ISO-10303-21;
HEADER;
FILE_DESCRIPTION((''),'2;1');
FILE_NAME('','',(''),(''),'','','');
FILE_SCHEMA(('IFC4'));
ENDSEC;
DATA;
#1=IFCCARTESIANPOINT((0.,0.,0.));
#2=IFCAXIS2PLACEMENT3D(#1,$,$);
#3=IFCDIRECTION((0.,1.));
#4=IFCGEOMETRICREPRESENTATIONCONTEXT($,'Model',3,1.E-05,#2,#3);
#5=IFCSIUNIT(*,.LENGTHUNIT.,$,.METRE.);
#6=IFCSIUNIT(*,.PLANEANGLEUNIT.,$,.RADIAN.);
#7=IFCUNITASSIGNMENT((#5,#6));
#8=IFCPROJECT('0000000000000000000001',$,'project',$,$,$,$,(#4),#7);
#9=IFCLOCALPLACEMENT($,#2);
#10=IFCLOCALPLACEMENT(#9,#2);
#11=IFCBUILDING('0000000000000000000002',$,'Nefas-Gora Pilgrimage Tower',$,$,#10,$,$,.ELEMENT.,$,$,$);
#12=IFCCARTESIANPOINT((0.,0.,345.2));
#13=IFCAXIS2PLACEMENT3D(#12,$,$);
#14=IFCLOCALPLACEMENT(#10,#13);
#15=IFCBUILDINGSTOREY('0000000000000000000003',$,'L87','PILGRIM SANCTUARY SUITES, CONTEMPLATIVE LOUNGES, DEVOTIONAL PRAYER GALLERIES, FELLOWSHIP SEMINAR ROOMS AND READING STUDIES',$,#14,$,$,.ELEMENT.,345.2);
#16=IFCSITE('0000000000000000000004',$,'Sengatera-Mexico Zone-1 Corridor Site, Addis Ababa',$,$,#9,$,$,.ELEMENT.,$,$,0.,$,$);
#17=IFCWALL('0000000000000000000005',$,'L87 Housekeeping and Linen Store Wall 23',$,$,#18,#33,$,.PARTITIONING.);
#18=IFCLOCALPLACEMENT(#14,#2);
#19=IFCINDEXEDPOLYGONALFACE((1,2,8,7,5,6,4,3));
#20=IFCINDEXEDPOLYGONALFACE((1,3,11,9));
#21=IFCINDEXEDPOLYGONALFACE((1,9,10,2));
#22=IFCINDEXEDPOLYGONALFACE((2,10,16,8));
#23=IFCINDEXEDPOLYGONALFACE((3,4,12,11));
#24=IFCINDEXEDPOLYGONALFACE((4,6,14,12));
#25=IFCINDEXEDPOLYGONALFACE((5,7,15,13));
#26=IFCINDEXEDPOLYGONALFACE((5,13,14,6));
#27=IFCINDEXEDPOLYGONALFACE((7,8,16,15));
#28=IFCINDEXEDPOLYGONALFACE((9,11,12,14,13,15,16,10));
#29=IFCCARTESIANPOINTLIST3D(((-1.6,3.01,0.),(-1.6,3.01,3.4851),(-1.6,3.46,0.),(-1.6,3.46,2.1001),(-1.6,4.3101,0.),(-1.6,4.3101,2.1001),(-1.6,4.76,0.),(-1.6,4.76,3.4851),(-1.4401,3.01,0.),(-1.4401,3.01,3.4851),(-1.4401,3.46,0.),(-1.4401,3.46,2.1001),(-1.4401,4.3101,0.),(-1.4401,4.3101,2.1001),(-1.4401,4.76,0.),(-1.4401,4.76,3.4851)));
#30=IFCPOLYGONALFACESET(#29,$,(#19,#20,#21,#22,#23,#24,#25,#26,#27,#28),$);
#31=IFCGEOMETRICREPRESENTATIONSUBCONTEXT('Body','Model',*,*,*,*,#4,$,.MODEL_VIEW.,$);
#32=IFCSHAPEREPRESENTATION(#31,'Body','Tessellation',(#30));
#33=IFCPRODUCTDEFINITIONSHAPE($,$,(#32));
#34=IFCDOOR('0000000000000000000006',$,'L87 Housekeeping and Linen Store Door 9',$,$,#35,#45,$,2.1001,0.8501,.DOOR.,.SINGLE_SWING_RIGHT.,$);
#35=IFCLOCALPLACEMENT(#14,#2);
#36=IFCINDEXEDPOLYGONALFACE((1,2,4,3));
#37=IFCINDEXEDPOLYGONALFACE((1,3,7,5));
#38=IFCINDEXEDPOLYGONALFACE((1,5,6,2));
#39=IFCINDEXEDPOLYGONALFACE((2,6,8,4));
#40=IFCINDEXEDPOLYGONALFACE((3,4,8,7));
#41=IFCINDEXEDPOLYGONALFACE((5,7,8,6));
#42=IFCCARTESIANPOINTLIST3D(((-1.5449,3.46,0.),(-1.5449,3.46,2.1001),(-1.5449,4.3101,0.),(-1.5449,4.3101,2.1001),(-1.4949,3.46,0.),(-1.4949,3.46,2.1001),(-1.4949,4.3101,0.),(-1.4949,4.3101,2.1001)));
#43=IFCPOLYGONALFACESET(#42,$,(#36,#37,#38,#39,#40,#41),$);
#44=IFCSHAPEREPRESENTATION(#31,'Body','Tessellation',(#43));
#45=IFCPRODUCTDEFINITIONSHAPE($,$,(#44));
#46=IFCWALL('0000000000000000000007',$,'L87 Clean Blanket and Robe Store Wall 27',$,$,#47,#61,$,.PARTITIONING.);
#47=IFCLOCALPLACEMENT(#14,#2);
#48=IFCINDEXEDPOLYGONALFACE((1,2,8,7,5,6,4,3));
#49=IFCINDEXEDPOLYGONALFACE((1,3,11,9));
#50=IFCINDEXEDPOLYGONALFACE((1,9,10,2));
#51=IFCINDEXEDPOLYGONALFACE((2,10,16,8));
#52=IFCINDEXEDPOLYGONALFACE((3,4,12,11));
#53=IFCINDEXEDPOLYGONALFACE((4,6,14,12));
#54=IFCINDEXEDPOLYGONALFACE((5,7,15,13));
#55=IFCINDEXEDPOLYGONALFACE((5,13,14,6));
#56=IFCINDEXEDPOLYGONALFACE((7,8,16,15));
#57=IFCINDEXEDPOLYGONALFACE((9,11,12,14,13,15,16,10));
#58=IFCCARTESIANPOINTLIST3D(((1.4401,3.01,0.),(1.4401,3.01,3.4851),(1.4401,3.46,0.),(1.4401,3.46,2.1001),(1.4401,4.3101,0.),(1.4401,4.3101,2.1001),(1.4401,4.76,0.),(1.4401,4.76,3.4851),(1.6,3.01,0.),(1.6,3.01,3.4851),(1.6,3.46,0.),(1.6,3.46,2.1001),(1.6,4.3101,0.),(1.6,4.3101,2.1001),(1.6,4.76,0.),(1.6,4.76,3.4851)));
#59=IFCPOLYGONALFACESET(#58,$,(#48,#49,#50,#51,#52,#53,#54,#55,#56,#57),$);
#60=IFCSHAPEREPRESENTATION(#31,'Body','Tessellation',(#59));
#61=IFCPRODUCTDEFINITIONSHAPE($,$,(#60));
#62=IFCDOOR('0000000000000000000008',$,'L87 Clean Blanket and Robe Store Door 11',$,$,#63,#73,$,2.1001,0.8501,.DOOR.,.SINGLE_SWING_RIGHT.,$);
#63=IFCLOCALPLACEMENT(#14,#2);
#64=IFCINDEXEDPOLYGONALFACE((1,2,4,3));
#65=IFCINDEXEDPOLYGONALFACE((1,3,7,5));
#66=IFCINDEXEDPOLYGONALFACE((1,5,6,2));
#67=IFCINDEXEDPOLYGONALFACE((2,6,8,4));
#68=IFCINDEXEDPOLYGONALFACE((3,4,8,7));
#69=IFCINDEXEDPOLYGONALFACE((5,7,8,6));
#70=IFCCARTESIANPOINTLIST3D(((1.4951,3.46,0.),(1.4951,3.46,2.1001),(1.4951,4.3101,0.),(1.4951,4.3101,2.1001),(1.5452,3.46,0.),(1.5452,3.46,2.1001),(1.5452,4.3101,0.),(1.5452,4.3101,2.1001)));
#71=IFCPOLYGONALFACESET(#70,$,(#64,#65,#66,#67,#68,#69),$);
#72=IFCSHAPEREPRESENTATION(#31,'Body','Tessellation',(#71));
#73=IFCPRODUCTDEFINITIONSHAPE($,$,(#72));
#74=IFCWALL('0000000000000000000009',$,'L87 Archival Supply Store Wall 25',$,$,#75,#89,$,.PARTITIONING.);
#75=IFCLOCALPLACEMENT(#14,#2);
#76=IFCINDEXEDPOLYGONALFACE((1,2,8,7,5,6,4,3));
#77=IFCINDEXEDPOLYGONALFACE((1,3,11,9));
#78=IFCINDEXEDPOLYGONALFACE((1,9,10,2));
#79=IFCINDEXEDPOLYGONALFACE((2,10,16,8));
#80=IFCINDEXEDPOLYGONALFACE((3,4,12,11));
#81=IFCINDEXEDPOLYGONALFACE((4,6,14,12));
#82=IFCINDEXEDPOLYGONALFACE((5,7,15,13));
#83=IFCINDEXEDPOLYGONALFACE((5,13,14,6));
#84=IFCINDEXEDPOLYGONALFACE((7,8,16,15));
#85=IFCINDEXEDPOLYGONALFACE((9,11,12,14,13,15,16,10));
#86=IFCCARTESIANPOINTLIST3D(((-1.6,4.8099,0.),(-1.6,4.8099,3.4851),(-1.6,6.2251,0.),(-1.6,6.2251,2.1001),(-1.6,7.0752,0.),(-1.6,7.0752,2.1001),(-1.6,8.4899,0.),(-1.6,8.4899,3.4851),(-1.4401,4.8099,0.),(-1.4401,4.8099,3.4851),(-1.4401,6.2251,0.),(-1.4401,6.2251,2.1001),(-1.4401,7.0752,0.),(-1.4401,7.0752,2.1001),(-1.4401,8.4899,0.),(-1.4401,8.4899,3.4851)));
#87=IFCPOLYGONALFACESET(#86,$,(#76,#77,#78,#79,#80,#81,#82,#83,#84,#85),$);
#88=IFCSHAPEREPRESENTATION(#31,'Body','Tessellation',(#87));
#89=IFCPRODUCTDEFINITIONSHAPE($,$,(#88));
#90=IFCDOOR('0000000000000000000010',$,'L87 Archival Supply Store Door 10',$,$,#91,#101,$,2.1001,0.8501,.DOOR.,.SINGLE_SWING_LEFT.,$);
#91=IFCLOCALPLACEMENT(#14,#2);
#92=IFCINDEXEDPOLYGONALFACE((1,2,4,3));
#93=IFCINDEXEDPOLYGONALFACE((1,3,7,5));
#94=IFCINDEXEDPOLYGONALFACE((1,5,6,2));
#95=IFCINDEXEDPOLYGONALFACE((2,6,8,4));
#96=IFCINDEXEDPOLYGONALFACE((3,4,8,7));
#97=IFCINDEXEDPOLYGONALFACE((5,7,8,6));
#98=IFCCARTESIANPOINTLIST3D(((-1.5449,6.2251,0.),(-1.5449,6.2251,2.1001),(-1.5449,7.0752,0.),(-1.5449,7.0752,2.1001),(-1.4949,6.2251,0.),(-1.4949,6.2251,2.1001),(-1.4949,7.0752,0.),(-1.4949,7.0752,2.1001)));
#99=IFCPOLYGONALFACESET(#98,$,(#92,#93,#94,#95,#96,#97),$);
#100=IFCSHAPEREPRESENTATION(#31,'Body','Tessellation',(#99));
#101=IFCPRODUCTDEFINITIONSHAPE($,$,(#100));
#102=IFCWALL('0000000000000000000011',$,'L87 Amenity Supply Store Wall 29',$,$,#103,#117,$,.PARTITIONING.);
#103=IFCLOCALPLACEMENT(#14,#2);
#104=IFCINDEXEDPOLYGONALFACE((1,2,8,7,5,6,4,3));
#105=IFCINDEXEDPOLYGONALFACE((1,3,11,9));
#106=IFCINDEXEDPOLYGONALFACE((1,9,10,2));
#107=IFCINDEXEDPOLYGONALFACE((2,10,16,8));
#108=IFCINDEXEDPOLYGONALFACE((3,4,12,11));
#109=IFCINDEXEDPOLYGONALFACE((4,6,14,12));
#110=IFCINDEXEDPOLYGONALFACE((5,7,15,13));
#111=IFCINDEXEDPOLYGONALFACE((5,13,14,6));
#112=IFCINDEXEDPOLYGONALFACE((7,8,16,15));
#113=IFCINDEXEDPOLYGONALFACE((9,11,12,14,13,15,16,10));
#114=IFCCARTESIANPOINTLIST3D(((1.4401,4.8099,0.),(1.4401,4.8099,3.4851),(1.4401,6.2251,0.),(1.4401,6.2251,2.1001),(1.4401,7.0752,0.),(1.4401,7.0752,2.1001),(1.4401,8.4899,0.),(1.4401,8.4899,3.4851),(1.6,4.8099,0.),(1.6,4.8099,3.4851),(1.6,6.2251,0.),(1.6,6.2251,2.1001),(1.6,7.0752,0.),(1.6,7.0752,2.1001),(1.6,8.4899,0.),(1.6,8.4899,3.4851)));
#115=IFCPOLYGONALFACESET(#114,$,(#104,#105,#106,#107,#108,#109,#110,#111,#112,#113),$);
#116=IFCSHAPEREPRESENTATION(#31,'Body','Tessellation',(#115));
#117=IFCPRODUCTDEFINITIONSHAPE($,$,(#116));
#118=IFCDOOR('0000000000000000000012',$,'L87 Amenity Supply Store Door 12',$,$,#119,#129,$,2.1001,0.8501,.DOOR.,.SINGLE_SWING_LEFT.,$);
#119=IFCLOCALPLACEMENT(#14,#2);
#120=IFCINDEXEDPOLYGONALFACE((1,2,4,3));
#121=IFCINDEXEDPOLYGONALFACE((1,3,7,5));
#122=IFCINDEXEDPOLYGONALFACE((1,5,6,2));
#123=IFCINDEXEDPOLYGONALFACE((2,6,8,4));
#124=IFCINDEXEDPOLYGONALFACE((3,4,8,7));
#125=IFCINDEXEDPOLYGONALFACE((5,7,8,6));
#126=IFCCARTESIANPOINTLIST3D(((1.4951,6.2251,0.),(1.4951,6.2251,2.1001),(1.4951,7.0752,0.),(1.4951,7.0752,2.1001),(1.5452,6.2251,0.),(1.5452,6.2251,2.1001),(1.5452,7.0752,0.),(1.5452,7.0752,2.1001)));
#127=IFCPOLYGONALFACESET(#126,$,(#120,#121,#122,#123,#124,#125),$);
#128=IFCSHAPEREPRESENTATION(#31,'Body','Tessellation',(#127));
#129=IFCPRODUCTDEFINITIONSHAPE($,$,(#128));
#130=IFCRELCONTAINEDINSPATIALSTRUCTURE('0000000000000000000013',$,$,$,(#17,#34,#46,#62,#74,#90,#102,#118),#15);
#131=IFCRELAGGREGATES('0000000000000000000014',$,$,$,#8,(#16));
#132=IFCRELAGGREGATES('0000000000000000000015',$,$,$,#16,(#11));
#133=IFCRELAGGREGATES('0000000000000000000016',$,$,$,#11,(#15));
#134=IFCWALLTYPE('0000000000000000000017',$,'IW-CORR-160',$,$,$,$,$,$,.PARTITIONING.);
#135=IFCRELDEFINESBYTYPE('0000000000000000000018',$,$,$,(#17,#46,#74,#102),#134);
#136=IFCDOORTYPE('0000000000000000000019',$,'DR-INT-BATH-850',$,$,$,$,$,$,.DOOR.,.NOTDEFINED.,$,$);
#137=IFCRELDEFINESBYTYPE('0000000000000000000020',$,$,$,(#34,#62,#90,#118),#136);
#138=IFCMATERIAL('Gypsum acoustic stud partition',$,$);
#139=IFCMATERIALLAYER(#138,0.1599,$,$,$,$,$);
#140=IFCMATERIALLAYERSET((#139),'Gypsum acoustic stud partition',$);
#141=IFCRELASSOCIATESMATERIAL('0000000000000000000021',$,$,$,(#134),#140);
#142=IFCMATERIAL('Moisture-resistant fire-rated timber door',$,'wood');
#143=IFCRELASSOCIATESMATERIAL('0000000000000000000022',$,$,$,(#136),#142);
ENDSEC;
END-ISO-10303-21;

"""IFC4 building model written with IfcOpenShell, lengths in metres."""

from ifc_helpers import new_model, si_unit, direction, frame, frame_2d, origin, place, context, subcontext, project, spatial, rectangle, extrude, source, transform, mapped, material, layer, layer_set, type_object, element, fill, save


model = new_model("IFC4")

# Units and contexts
model_context = context("Model", 3, precision=1e-05, world=origin(), true_north=direction((0.0, 1.0)))
body_context = subcontext(model_context, "Body", "Model", "MODEL_VIEW")
ifc_project = project(units=[si_unit("LENGTHUNIT", "METRE"), si_unit("PLANEANGLEUNIT", "RADIAN")], contexts=[model_context])

# Site, building, storey
site_placement = place(None, origin())
site = spatial("IfcSite", under=ifc_project, at=site_placement, Name="Sengatera-Mexico Zone-1 Corridor Site, Addis Ababa", CompositionType="ELEMENT", RefElevation=0.0)
building_placement = place(site_placement, origin())
building = spatial("IfcBuilding", under=site, at=building_placement, Name="Nefas-Gora Pilgrimage Tower", CompositionType="ELEMENT")
storey_placement = place(building_placement, frame((0.0, 0.0, 345.2)))
storey = spatial("IfcBuildingStorey", under=building, at=storey_placement, Name="L87", Description="PILGRIM SANCTUARY SUITES, CONTEMPLATIVE LOUNGES, DEVOTIONAL PRAYER GALLERIES, FELLOWSHIP SEMINAR ROOMS AND READING STUDIES", CompositionType="ELEMENT", Elevation=345.2)

# Shared definitions
ifc_material_1 = material(Name="Gypsum acoustic stud partition")
ifc_layer_1 = layer(ifc_material_1, 0.1599)
ifc_layer_set_1 = layer_set([ifc_layer_1], Name="Gypsum acoustic stud partition")
wall_type_1 = type_object("IfcWallType", Name="IW-CORR-160", PredefinedType="PARTITIONING", material=ifc_layer_set_1)

# Walls, openings, doors
shared_shape_1 = source(origin(), body_context, "Body", "SweptSolid", [
    extrude(rectangle(XDim=1.75, YDim=0.1599, at=frame_2d((0.875, 0.0))), origin(), (0.0, 0.0, 1.0), 3.4851),
])
wall_1_placement = place(storey_placement, frame((-1.52, 3.01, 0.0), z_axis=(0.0, 0.0, 1.0), x_axis=(0.0, 1.0, 0.0)))
wall_1 = element("IfcWall", 1, at=wall_1_placement, inside=storey, type_object=wall_type_1, Name="L87 Housekeeping and Linen Store Wall 23", PredefinedType="PARTITIONING", context=body_context, shape_type="MappedRepresentation", body=[
    mapped(shared_shape_1, transform((0.0, 0.0, 0.0), x_axis=(1.0, 0.0, 0.0), y_axis=(0.0, 1.0, 0.0), z_axis=(0.0, 0.0, 1.0), scale=1.0)),
])
opening_1_placement = place(wall_1_placement, frame((0.45, 0.0, 0.0)))
opening_1 = element("IfcOpeningElement", 2, at=opening_1_placement, cuts=wall_1, PredefinedType="OPENING", context=body_context, shape_type="SweptSolid", body=[
    extrude(rectangle(XDim=0.8501, YDim=2.1001, at=frame_2d((0.425, 1.05))), frame((0.0, 0.0898, 0.0), z_axis=(0.0, -1.0, 0.0), x_axis=(1.0, 0.0, 0.0)), (0.0, 0.0, 1.0), 0.1799),
])
ifc_material_2 = material(Name="Moisture-resistant fire-rated timber door", Category="wood")
door_type_1 = type_object("IfcDoorType", Name="DR-INT-BATH-850", OperationType="NOTDEFINED", PredefinedType="DOOR", material=ifc_material_2)
shared_shape_2 = source(origin(), body_context, "Body", "SweptSolid", [
    extrude(rectangle(XDim=0.8501, YDim=2.1001, at=frame_2d((0.425, 1.05))), frame((0.0, 0.0249, 0.0), z_axis=(0.0, -1.0, 0.0), x_axis=(1.0, 0.0, 0.0)), (0.0, 0.0, 1.0), 0.05),
])
door_1_placement = place(opening_1_placement, origin())
door_1 = element("IfcDoor", 3, at=door_1_placement, inside=storey, type_object=door_type_1, Name="L87 Housekeeping and Linen Store Door 9", OperationType="SINGLE_SWING_RIGHT", OverallHeight=2.1001, OverallWidth=0.8501, PredefinedType="DOOR", context=body_context, shape_type="MappedRepresentation", body=[
    mapped(shared_shape_2, transform((0.0, 0.0, 0.0), x_axis=(1.0, 0.0, 0.0), y_axis=(0.0, 1.0, 0.0), z_axis=(0.0, 0.0, 1.0), scale=1.0)),
])
fill(opening_1, door_1)
wall_2_placement = place(storey_placement, frame((1.52, 3.01, 0.0), z_axis=(0.0, 0.0, 1.0), x_axis=(0.0, 1.0, 0.0)))
wall_2 = element("IfcWall", 4, at=wall_2_placement, inside=storey, type_object=wall_type_1, Name="L87 Clean Blanket and Robe Store Wall 27", PredefinedType="PARTITIONING", context=body_context, shape_type="MappedRepresentation", body=[
    mapped(shared_shape_1, transform((0.0, 0.0, 0.0), x_axis=(1.0, 0.0, 0.0), y_axis=(0.0, 1.0, 0.0), z_axis=(0.0, 0.0, 1.0), scale=1.0)),
])
opening_2_placement = place(wall_2_placement, frame((0.45, 0.0, 0.0)))
opening_2 = element("IfcOpeningElement", 5, at=opening_2_placement, cuts=wall_2, PredefinedType="OPENING", context=body_context, shape_type="SweptSolid", body=[
    extrude(rectangle(XDim=0.8501, YDim=2.1001, at=frame_2d((0.425, 1.05))), frame((0.0, 0.0898, 0.0), z_axis=(0.0, -1.0, 0.0), x_axis=(1.0, 0.0, 0.0)), (0.0, 0.0, 1.0), 0.1799),
])
door_2_placement = place(opening_2_placement, origin())
door_2 = element("IfcDoor", 6, at=door_2_placement, inside=storey, type_object=door_type_1, Name="L87 Clean Blanket and Robe Store Door 11", OperationType="SINGLE_SWING_RIGHT", OverallHeight=2.1001, OverallWidth=0.8501, PredefinedType="DOOR", context=body_context, shape_type="MappedRepresentation", body=[
    mapped(shared_shape_2, transform((0.0, 0.0, 0.0), x_axis=(1.0, 0.0, 0.0), y_axis=(0.0, 1.0, 0.0), z_axis=(0.0, 0.0, 1.0), scale=1.0)),
])
fill(opening_2, door_2)
shared_shape_3 = source(origin(), body_context, "Body", "SweptSolid", [
    extrude(rectangle(XDim=3.6799, YDim=0.1599, at=frame_2d((1.8398, 0.0))), origin(), (0.0, 0.0, 1.0), 3.4851),
])
wall_3_placement = place(storey_placement, frame((-1.52, 4.8101, 0.0), z_axis=(0.0, 0.0, 1.0), x_axis=(0.0, 1.0, 0.0)))
wall_3 = element("IfcWall", 7, at=wall_3_placement, inside=storey, type_object=wall_type_1, Name="L87 Archival Supply Store Wall 25", PredefinedType="PARTITIONING", context=body_context, shape_type="MappedRepresentation", body=[
    mapped(shared_shape_3, transform((0.0, 0.0, 0.0), x_axis=(1.0, 0.0, 0.0), y_axis=(0.0, 1.0, 0.0), z_axis=(0.0, 0.0, 1.0), scale=1.0)),
])
opening_3_placement = place(wall_3_placement, frame((1.415, 0.0, 0.0)))
opening_3 = element("IfcOpeningElement", 8, at=opening_3_placement, cuts=wall_3, PredefinedType="OPENING", context=body_context, shape_type="SweptSolid", body=[
    extrude(rectangle(XDim=0.8501, YDim=2.1001, at=frame_2d((0.425, 1.05))), frame((0.0, 0.0898, 0.0), z_axis=(0.0, -1.0, 0.0), x_axis=(1.0, 0.0, 0.0)), (0.0, 0.0, 1.0), 0.1799),
])
door_3_placement = place(opening_3_placement, origin())
door_3 = element("IfcDoor", 9, at=door_3_placement, inside=storey, type_object=door_type_1, Name="L87 Archival Supply Store Door 10", OperationType="SINGLE_SWING_LEFT", OverallHeight=2.1001, OverallWidth=0.8501, PredefinedType="DOOR", context=body_context, shape_type="MappedRepresentation", body=[
    mapped(shared_shape_2, transform((0.0, 0.0, 0.0), x_axis=(1.0, 0.0, 0.0), y_axis=(0.0, 1.0, 0.0), z_axis=(0.0, 0.0, 1.0), scale=1.0)),
])
fill(opening_3, door_3)
wall_4_placement = place(storey_placement, frame((1.52, 4.8101, 0.0), z_axis=(0.0, 0.0, 1.0), x_axis=(0.0, 1.0, 0.0)))
wall_4 = element("IfcWall", 10, at=wall_4_placement, inside=storey, type_object=wall_type_1, Name="L87 Amenity Supply Store Wall 29", PredefinedType="PARTITIONING", context=body_context, shape_type="MappedRepresentation", body=[
    mapped(shared_shape_3, transform((0.0, 0.0, 0.0), x_axis=(1.0, 0.0, 0.0), y_axis=(0.0, 1.0, 0.0), z_axis=(0.0, 0.0, 1.0), scale=1.0)),
])
opening_4_placement = place(wall_4_placement, frame((1.415, 0.0, 0.0)))
opening_4 = element("IfcOpeningElement", 11, at=opening_4_placement, cuts=wall_4, PredefinedType="OPENING", context=body_context, shape_type="SweptSolid", body=[
    extrude(rectangle(XDim=0.8501, YDim=2.1001, at=frame_2d((0.425, 1.05))), frame((0.0, 0.0898, 0.0), z_axis=(0.0, -1.0, 0.0), x_axis=(1.0, 0.0, 0.0)), (0.0, 0.0, 1.0), 0.1799),
])
door_4_placement = place(opening_4_placement, origin())
door_4 = element("IfcDoor", 12, at=door_4_placement, inside=storey, type_object=door_type_1, Name="L87 Amenity Supply Store Door 12", OperationType="SINGLE_SWING_LEFT", OverallHeight=2.1001, OverallWidth=0.8501, PredefinedType="DOOR", context=body_context, shape_type="MappedRepresentation", body=[
    mapped(shared_shape_2, transform((0.0, 0.0, 0.0), x_axis=(1.0, 0.0, 0.0), y_axis=(0.0, 1.0, 0.0), z_axis=(0.0, 0.0, 1.0), scale=1.0)),
])
fill(opening_4, door_4)

save(model, "model.ifc")
